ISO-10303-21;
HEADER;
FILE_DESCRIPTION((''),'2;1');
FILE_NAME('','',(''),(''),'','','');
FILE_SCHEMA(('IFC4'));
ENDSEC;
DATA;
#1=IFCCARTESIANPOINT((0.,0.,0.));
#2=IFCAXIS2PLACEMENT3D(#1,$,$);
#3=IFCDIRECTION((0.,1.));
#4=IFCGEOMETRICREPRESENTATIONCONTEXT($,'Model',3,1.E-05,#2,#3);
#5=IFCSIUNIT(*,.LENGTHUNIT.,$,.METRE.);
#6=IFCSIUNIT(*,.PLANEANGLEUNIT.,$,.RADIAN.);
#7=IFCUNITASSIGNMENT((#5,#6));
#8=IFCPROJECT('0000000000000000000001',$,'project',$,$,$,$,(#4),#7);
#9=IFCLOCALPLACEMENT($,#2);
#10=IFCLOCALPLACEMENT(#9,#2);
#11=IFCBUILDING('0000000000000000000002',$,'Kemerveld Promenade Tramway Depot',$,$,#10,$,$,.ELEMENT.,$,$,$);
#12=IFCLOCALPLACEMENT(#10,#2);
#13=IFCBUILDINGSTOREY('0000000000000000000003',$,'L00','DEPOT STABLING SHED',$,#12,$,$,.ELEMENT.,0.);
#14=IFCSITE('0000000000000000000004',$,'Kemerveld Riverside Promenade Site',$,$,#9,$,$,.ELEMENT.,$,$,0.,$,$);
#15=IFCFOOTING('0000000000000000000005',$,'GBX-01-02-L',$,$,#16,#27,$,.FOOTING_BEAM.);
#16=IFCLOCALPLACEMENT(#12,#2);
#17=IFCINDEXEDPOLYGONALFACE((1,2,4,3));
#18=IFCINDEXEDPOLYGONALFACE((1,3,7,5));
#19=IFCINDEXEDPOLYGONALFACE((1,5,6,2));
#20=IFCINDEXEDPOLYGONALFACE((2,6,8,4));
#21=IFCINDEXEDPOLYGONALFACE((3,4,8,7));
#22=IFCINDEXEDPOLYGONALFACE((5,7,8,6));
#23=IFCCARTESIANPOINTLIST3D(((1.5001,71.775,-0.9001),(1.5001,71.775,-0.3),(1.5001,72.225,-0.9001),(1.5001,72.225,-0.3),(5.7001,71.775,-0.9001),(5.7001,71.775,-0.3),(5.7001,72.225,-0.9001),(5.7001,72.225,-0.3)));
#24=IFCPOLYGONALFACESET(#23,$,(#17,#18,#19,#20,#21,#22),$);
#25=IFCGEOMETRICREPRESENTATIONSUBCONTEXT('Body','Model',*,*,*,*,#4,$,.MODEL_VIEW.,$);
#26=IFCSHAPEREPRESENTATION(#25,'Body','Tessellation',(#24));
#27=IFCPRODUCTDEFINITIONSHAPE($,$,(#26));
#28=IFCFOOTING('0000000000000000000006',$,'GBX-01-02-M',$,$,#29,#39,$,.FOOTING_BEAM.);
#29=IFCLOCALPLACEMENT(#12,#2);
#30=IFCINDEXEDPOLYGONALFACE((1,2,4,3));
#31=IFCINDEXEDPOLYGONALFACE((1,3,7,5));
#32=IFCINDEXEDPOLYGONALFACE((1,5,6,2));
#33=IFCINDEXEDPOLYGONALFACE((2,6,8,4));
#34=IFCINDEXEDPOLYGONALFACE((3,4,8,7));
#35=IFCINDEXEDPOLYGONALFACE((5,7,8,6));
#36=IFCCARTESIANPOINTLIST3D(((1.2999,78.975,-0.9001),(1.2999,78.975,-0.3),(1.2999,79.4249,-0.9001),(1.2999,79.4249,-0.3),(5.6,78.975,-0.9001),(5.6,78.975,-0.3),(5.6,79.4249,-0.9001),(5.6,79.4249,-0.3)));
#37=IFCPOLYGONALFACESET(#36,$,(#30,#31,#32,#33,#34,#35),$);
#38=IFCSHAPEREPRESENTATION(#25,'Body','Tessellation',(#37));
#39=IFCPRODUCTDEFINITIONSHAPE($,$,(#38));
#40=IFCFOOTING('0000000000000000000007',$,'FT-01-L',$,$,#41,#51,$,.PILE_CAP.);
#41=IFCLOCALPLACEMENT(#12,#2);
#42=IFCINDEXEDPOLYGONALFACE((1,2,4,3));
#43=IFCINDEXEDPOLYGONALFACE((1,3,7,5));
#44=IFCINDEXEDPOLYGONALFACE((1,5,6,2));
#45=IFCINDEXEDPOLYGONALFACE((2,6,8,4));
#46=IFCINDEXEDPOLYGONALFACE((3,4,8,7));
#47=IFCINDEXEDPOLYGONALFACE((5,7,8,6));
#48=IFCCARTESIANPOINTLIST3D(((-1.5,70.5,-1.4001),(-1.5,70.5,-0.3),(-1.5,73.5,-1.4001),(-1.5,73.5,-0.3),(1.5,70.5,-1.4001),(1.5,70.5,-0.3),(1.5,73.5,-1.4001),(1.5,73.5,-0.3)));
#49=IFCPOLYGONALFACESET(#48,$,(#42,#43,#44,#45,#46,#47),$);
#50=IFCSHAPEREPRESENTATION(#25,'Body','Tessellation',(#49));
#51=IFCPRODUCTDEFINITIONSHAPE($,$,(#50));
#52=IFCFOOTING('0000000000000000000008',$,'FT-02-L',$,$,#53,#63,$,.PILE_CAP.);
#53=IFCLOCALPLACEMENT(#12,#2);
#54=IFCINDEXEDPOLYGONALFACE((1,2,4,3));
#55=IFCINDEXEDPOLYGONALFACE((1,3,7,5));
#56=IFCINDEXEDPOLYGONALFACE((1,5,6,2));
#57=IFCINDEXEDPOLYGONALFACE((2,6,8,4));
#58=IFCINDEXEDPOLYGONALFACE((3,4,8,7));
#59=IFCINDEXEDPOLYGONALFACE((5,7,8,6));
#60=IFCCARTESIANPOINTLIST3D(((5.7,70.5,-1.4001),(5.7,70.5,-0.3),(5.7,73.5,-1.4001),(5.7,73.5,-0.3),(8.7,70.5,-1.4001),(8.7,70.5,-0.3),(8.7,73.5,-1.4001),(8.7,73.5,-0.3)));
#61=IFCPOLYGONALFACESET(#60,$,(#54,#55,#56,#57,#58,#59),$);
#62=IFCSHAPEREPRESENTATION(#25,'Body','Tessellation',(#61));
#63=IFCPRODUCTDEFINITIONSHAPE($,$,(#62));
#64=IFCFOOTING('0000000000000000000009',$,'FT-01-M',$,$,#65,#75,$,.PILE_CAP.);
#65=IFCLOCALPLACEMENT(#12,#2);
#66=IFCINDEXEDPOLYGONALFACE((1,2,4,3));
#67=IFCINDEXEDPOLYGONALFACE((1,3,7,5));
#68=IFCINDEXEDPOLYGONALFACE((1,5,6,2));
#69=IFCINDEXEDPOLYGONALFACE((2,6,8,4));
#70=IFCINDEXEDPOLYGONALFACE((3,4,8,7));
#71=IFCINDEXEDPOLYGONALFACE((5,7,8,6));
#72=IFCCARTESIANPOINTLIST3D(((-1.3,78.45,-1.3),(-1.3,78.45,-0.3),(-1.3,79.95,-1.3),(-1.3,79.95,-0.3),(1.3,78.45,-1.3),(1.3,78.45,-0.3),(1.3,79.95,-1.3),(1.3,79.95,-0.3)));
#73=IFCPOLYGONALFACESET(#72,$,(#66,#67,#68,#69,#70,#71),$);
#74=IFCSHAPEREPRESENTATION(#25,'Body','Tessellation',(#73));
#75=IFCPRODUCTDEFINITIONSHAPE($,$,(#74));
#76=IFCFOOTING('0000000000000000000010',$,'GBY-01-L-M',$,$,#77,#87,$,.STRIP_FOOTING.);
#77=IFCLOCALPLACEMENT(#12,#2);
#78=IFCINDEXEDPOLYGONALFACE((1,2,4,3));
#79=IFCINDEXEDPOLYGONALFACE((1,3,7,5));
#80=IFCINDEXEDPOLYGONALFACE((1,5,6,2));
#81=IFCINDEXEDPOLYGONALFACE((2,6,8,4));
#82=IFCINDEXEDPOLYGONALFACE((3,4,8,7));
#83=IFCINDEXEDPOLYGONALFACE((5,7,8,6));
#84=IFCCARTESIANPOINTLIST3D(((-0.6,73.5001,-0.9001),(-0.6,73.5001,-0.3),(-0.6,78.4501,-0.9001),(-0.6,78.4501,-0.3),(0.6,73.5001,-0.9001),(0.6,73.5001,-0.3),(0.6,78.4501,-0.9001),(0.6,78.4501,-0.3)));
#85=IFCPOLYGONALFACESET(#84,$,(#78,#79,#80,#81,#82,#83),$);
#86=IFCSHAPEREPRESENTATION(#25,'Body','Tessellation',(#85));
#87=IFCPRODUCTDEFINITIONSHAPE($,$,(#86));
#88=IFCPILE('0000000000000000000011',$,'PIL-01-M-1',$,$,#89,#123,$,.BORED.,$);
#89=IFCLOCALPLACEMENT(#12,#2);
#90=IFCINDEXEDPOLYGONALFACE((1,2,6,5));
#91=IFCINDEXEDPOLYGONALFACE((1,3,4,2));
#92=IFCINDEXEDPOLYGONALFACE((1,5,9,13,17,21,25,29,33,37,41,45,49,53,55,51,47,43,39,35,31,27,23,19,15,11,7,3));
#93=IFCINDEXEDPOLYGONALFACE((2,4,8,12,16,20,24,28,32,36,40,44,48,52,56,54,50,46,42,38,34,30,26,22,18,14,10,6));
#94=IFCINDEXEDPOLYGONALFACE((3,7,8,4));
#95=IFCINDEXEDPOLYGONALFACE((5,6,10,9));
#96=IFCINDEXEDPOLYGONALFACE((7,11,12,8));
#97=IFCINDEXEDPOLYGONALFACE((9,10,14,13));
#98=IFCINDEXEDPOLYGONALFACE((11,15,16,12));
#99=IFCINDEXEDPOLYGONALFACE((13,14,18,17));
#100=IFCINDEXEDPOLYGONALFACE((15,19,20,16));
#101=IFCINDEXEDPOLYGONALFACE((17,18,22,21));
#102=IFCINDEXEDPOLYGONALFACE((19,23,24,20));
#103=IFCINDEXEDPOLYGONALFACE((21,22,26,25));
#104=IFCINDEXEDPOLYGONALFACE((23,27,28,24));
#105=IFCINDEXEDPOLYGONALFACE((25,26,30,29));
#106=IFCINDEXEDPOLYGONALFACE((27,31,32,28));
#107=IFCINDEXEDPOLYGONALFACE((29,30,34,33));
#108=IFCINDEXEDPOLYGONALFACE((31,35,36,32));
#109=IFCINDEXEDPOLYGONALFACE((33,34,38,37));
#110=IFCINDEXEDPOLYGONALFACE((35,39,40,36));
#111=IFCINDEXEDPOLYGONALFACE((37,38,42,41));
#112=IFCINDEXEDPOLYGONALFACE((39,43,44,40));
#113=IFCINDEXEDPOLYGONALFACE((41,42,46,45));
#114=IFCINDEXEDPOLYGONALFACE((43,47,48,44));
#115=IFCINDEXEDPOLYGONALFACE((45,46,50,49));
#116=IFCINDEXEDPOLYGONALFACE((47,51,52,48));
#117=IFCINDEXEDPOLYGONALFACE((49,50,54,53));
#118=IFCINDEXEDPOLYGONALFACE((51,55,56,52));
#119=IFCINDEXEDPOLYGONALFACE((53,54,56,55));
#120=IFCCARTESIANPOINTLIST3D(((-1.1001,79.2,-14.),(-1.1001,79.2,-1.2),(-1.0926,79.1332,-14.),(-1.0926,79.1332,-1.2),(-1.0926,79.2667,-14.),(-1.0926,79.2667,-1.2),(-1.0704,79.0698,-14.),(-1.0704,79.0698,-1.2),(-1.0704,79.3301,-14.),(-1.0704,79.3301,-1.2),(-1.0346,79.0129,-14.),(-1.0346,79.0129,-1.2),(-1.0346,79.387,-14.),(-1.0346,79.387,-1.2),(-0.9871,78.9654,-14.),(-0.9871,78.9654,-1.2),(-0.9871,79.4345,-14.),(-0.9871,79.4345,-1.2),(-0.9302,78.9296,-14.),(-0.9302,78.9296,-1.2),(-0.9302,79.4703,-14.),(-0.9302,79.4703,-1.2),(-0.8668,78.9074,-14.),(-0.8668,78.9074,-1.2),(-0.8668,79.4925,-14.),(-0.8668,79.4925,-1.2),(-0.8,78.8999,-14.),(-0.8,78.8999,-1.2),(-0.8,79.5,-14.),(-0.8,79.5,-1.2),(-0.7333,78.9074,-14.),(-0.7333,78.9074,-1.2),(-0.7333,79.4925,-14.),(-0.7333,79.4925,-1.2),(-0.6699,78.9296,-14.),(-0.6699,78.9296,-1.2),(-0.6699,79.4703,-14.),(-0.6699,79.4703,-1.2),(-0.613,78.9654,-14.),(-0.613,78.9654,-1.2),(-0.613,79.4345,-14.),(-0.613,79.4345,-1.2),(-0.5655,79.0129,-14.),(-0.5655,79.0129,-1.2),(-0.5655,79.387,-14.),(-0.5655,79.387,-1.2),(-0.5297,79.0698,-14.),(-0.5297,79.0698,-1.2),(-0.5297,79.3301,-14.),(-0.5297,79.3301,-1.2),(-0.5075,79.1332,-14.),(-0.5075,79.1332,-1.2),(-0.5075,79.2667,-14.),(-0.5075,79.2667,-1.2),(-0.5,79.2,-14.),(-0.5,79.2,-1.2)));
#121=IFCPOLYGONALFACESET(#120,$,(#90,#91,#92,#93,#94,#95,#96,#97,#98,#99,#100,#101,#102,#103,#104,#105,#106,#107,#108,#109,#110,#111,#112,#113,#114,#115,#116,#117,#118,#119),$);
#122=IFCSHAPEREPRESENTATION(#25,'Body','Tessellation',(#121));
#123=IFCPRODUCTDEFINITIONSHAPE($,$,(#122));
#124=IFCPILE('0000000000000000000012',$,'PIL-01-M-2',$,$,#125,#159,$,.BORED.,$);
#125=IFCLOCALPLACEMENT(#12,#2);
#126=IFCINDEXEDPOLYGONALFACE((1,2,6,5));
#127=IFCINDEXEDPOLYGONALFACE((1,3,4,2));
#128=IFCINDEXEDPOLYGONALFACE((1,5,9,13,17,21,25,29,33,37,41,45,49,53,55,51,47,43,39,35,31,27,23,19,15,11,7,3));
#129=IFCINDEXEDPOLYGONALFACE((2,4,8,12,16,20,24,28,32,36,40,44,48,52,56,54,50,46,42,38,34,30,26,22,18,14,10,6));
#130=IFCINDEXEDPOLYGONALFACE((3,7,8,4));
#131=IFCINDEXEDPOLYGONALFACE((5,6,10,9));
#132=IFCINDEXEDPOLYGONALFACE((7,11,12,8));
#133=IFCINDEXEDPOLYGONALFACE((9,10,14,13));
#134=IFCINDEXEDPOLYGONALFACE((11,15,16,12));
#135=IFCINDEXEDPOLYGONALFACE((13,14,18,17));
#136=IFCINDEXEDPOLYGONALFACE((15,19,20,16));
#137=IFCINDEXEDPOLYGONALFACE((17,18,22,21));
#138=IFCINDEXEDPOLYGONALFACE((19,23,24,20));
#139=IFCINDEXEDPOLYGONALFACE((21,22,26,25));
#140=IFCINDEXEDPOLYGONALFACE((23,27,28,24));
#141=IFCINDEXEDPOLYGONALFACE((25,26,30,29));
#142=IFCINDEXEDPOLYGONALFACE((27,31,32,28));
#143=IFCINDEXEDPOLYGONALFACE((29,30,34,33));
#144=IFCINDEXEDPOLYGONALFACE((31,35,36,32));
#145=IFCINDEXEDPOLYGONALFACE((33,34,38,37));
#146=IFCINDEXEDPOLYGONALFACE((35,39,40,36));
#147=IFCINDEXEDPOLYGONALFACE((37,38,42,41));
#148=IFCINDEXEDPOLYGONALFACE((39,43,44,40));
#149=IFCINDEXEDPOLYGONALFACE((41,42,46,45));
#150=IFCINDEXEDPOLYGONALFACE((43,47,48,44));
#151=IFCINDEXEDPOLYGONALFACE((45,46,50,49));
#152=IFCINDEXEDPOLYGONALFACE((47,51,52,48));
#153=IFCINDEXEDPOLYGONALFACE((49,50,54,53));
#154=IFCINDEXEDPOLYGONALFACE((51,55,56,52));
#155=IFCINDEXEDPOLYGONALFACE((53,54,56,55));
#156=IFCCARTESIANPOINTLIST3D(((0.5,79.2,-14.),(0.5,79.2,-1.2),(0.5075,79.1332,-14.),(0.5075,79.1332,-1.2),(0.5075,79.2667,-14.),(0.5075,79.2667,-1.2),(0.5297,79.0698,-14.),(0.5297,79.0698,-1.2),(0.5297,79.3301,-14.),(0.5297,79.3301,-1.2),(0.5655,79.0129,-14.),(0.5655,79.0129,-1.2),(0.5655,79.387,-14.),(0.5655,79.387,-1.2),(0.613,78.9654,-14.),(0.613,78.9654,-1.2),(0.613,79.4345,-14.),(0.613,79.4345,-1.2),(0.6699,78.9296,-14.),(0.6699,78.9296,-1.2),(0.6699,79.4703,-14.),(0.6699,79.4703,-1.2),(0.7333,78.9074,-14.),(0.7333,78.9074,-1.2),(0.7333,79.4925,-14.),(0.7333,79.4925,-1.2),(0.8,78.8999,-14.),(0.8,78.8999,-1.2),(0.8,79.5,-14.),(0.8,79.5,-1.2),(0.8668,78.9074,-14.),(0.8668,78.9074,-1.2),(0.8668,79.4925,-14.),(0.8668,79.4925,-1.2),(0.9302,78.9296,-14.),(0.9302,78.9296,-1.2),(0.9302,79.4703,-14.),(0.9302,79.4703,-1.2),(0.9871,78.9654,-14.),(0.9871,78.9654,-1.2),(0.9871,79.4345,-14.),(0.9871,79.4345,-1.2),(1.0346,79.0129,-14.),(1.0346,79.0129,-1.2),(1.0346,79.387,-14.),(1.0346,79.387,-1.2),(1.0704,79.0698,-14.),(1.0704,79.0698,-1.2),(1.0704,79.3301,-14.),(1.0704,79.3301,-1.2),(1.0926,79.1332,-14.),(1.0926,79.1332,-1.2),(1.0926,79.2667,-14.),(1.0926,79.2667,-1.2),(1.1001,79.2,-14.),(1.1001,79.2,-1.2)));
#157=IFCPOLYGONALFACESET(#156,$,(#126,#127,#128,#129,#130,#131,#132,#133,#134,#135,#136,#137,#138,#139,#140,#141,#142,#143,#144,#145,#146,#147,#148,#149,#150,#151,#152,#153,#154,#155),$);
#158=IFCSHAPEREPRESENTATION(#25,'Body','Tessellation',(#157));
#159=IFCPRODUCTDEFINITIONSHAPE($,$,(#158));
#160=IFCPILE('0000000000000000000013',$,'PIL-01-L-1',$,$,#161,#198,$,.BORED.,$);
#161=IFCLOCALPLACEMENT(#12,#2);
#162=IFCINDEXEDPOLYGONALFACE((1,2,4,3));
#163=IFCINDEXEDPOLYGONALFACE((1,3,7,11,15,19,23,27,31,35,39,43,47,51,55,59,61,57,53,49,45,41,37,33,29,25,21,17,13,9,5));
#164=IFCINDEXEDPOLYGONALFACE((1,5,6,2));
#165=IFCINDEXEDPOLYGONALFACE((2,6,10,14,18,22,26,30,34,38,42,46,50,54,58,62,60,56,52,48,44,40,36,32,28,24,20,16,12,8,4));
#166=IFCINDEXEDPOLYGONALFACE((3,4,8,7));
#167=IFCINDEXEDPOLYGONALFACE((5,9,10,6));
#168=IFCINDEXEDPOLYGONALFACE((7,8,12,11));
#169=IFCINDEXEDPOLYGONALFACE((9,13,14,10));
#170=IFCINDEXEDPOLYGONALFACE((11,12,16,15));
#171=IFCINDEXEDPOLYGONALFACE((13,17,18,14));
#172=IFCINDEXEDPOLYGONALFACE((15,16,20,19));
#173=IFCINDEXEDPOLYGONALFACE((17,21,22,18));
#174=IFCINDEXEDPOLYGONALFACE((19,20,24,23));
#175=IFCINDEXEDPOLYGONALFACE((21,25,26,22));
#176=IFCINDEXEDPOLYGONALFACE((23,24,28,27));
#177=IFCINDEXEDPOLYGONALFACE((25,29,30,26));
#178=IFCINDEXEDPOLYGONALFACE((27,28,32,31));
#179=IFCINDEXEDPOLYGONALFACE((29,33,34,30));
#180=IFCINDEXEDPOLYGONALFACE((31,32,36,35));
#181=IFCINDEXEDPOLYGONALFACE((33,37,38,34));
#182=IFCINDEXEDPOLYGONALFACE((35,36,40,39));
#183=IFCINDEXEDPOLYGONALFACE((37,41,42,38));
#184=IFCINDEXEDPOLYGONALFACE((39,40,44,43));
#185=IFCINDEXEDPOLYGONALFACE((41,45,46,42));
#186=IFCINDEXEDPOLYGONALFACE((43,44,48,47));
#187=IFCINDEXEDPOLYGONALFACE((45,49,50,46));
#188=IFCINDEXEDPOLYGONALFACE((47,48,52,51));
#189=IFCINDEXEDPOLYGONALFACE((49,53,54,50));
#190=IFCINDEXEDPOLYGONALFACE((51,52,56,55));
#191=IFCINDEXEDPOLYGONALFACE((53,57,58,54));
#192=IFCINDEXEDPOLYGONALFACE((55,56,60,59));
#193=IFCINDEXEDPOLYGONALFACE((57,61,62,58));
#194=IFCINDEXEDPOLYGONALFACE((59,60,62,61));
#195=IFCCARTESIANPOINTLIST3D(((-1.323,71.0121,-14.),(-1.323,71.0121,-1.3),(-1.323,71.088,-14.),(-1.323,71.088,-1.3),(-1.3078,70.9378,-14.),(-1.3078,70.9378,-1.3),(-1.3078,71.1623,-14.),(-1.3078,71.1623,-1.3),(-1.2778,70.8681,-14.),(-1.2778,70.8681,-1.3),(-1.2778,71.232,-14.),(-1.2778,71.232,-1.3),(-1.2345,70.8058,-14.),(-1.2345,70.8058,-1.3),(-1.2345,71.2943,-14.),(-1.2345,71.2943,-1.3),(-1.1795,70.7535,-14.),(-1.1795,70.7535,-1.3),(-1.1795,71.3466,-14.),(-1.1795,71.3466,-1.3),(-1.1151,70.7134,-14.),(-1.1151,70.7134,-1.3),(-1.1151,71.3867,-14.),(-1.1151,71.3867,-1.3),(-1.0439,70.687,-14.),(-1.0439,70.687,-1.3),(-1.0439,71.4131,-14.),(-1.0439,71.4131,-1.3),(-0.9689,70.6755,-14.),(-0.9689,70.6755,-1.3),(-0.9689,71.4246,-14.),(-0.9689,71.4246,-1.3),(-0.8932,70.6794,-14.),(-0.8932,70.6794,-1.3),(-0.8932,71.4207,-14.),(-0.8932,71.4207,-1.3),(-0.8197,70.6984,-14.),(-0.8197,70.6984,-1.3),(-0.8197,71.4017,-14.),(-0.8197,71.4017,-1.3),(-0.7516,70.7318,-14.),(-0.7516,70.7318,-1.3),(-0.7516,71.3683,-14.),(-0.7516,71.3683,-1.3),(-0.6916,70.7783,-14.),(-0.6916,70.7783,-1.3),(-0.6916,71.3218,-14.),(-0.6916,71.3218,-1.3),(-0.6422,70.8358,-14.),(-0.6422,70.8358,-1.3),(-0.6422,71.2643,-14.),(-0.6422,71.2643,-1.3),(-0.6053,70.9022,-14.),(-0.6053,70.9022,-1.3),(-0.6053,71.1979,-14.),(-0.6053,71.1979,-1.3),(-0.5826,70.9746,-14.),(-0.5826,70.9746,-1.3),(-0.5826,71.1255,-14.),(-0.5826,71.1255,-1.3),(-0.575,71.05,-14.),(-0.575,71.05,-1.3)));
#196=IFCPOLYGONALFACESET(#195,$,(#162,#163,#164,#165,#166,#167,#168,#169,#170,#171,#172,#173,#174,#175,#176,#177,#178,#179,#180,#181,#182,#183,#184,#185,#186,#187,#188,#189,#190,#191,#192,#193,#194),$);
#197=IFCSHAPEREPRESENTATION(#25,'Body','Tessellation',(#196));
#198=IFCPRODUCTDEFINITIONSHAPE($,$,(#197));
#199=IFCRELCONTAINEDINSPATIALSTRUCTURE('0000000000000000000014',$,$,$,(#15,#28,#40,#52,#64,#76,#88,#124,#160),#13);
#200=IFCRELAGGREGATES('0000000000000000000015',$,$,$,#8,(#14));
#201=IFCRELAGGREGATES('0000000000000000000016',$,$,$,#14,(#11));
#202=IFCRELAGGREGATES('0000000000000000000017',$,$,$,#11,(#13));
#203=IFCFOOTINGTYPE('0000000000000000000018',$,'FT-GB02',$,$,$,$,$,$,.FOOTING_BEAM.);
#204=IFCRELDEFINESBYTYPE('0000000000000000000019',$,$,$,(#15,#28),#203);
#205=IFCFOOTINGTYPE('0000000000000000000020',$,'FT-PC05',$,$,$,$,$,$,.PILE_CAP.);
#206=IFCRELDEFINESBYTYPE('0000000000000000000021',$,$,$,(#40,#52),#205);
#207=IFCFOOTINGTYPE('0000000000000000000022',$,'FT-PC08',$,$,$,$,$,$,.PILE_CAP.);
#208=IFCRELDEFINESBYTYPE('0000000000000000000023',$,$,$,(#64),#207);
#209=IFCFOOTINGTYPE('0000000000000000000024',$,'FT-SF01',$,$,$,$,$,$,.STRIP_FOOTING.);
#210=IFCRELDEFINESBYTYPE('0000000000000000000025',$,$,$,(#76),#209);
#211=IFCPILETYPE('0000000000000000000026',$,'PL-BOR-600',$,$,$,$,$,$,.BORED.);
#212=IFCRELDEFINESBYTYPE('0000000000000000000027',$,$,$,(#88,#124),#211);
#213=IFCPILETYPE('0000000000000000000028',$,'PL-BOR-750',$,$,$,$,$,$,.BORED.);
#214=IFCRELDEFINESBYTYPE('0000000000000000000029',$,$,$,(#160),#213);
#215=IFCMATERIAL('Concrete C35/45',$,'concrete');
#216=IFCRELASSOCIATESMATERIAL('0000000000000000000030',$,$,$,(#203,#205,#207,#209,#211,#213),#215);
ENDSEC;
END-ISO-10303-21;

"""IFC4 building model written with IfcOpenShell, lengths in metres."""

from ifc_helpers import new_model, si_unit, direction, frame, origin, origin_2d, place, context, subcontext, project, spatial, rectangle, circle, extrude, material, material_profile, profile_set, type_object, element, save


model = new_model("IFC4")

# Units and contexts
model_context = context("Model", 3, precision=1e-05, world=origin(), true_north=direction((0.0, 1.0)))
body_context = subcontext(model_context, "Body", "Model", "MODEL_VIEW")
ifc_project = project(units=[si_unit("LENGTHUNIT", "METRE"), si_unit("PLANEANGLEUNIT", "RADIAN")], contexts=[model_context])

# Site, building, storey
site_placement = place(None, origin())
site = spatial("IfcSite", under=ifc_project, at=site_placement, Name="Kemerveld Riverside Promenade Site", CompositionType="ELEMENT", RefElevation=0.0)
building_placement = place(site_placement, origin())
building = spatial("IfcBuilding", under=site, at=building_placement, Name="Kemerveld Promenade Tramway Depot", CompositionType="ELEMENT")
storey_placement = place(building_placement, origin())
storey = spatial("IfcBuildingStorey", under=building, at=storey_placement, Name="L00", Description="DEPOT STABLING SHED", CompositionType="ELEMENT", Elevation=0.0)

# Footings
ifc_material_1 = material(Name="Concrete C35/45", Category="concrete")
footing_type_1 = type_object("IfcFootingType", Name="FT-GB02", PredefinedType="FOOTING_BEAM", material=ifc_material_1)
footing_1_placement = place(storey_placement, frame((3.6001, 72.0, -0.9001), z_axis=(0.0, 0.0, 1.0), x_axis=(1.0, 0.0, 0.0)))
element("IfcFooting", 1, at=footing_1_placement, inside=storey, type_object=footing_type_1, Name="GBX-01-02-L", PredefinedType="FOOTING_BEAM", context=body_context, shape_type="SweptSolid", body=[
    extrude(rectangle(XDim=4.2, YDim=0.45, at=origin_2d()), origin(), (0.0, 0.0, 1.0), 0.6001),
])
footing_2_placement = place(storey_placement, frame((3.45, 79.2, -0.9001), z_axis=(0.0, 0.0, 1.0), x_axis=(1.0, 0.0, 0.0)))
element("IfcFooting", 2, at=footing_2_placement, inside=storey, type_object=footing_type_1, Name="GBX-01-02-M", PredefinedType="FOOTING_BEAM", context=body_context, shape_type="SweptSolid", body=[
    extrude(rectangle(XDim=4.3, YDim=0.45, at=origin_2d()), origin(), (0.0, 0.0, 1.0), 0.6001),
])
footing_type_2 = type_object("IfcFootingType", Name="FT-PC05", PredefinedType="PILE_CAP", material=ifc_material_1)
for number, where, z_axis, x_axis, name in (
    (3, (0.0, 72.0, -1.4001), (0.0, 0.0, 1.0), (1.0, 0.0, 0.0), "FT-01-L"),
    (4, (7.2, 72.0, -1.4001), (0.0, 0.0, 1.0), (1.0, 0.0, 0.0), "FT-02-L"),
):
    element("IfcFooting", number, at=place(storey_placement, frame(where, z_axis=z_axis, x_axis=x_axis)), inside=storey, type_object=footing_type_2, Name=name, PredefinedType="PILE_CAP", context=body_context, shape_type="SweptSolid", body=[
        extrude(rectangle(XDim=3.0, YDim=3.0, at=origin_2d()), origin(), (0.0, 0.0, 1.0), 1.1001),
    ])
footing_type_3 = type_object("IfcFootingType", Name="FT-PC08", PredefinedType="PILE_CAP", material=ifc_material_1)
footing_3_placement = place(storey_placement, frame((0.0, 79.2, -1.3), z_axis=(0.0, 0.0, 1.0), x_axis=(1.0, 0.0, 0.0)))
element("IfcFooting", 5, at=footing_3_placement, inside=storey, type_object=footing_type_3, Name="FT-01-M", PredefinedType="PILE_CAP", context=body_context, shape_type="SweptSolid", body=[
    extrude(rectangle(XDim=2.6001, YDim=1.5, at=origin_2d()), origin(), (0.0, 0.0, 1.0), 1.0),
])
footing_type_4 = type_object("IfcFootingType", Name="FT-SF01", PredefinedType="STRIP_FOOTING", material=ifc_material_1)
footing_4_placement = place(storey_placement, frame((0.0, 75.9751, -0.9001), z_axis=(0.0, 0.0, 1.0), x_axis=(0.0, 1.0, 0.0)))
element("IfcFooting", 6, at=footing_4_placement, inside=storey, type_object=footing_type_4, Name="GBY-01-L-M", PredefinedType="STRIP_FOOTING", context=body_context, shape_type="SweptSolid", body=[
    extrude(rectangle(XDim=4.95, YDim=1.2, at=origin_2d()), origin(), (0.0, 0.0, 1.0), 0.6001),
])

# Piles
ifc_material_profile_1 = material_profile(ifc_material_1, circle(Radius=0.3, at=origin_2d()), Name="PILE-D600")
ifc_profile_set_1 = profile_set([ifc_material_profile_1], Name="Concrete C35/45")
pile_type_1 = type_object("IfcPileType", Name="PL-BOR-600", PredefinedType="BORED", material=ifc_profile_set_1)
for number, where, z_axis, x_axis, name in (
    (7, (-0.8, 79.2, -1.2), (0.0, 0.0, -1.0), (1.0, 0.0, 0.0), "PIL-01-M-1"),
    (8, (0.8, 79.2, -1.2), (0.0, 0.0, -1.0), (1.0, 0.0, 0.0), "PIL-01-M-2"),
):
    element("IfcPile", number, at=place(storey_placement, frame(where, z_axis=z_axis, x_axis=x_axis)), inside=storey, type_object=pile_type_1, Name=name, PredefinedType="BORED", context=body_context, shape_type="SweptSolid", body=[
        extrude(circle(Radius=0.3, at=origin_2d()), origin(), (0.0, 0.0, 1.0), 12.8),
    ])
ifc_material_profile_2 = material_profile(ifc_material_1, circle(Radius=0.375, at=origin_2d()), Name="PILE-D750")
ifc_profile_set_2 = profile_set([ifc_material_profile_2], Name="Concrete C35/45")
pile_type_2 = type_object("IfcPileType", Name="PL-BOR-750", PredefinedType="BORED", material=ifc_profile_set_2)
for number, where, z_axis, x_axis, name in (
    (9, (-0.95, 71.05, -1.3), (0.0, 0.0, -1.0), (1.0, 0.0, 0.0), "PIL-01-L-1"),
):
    element("IfcPile", number, at=place(storey_placement, frame(where, z_axis=z_axis, x_axis=x_axis)), inside=storey, type_object=pile_type_2, Name=name, PredefinedType="BORED", context=body_context, shape_type="SweptSolid", body=[
        extrude(circle(Radius=0.375, at=origin_2d()), origin(), (0.0, 0.0, 1.0), 12.7),
    ])

save(model, "model.ifc")
